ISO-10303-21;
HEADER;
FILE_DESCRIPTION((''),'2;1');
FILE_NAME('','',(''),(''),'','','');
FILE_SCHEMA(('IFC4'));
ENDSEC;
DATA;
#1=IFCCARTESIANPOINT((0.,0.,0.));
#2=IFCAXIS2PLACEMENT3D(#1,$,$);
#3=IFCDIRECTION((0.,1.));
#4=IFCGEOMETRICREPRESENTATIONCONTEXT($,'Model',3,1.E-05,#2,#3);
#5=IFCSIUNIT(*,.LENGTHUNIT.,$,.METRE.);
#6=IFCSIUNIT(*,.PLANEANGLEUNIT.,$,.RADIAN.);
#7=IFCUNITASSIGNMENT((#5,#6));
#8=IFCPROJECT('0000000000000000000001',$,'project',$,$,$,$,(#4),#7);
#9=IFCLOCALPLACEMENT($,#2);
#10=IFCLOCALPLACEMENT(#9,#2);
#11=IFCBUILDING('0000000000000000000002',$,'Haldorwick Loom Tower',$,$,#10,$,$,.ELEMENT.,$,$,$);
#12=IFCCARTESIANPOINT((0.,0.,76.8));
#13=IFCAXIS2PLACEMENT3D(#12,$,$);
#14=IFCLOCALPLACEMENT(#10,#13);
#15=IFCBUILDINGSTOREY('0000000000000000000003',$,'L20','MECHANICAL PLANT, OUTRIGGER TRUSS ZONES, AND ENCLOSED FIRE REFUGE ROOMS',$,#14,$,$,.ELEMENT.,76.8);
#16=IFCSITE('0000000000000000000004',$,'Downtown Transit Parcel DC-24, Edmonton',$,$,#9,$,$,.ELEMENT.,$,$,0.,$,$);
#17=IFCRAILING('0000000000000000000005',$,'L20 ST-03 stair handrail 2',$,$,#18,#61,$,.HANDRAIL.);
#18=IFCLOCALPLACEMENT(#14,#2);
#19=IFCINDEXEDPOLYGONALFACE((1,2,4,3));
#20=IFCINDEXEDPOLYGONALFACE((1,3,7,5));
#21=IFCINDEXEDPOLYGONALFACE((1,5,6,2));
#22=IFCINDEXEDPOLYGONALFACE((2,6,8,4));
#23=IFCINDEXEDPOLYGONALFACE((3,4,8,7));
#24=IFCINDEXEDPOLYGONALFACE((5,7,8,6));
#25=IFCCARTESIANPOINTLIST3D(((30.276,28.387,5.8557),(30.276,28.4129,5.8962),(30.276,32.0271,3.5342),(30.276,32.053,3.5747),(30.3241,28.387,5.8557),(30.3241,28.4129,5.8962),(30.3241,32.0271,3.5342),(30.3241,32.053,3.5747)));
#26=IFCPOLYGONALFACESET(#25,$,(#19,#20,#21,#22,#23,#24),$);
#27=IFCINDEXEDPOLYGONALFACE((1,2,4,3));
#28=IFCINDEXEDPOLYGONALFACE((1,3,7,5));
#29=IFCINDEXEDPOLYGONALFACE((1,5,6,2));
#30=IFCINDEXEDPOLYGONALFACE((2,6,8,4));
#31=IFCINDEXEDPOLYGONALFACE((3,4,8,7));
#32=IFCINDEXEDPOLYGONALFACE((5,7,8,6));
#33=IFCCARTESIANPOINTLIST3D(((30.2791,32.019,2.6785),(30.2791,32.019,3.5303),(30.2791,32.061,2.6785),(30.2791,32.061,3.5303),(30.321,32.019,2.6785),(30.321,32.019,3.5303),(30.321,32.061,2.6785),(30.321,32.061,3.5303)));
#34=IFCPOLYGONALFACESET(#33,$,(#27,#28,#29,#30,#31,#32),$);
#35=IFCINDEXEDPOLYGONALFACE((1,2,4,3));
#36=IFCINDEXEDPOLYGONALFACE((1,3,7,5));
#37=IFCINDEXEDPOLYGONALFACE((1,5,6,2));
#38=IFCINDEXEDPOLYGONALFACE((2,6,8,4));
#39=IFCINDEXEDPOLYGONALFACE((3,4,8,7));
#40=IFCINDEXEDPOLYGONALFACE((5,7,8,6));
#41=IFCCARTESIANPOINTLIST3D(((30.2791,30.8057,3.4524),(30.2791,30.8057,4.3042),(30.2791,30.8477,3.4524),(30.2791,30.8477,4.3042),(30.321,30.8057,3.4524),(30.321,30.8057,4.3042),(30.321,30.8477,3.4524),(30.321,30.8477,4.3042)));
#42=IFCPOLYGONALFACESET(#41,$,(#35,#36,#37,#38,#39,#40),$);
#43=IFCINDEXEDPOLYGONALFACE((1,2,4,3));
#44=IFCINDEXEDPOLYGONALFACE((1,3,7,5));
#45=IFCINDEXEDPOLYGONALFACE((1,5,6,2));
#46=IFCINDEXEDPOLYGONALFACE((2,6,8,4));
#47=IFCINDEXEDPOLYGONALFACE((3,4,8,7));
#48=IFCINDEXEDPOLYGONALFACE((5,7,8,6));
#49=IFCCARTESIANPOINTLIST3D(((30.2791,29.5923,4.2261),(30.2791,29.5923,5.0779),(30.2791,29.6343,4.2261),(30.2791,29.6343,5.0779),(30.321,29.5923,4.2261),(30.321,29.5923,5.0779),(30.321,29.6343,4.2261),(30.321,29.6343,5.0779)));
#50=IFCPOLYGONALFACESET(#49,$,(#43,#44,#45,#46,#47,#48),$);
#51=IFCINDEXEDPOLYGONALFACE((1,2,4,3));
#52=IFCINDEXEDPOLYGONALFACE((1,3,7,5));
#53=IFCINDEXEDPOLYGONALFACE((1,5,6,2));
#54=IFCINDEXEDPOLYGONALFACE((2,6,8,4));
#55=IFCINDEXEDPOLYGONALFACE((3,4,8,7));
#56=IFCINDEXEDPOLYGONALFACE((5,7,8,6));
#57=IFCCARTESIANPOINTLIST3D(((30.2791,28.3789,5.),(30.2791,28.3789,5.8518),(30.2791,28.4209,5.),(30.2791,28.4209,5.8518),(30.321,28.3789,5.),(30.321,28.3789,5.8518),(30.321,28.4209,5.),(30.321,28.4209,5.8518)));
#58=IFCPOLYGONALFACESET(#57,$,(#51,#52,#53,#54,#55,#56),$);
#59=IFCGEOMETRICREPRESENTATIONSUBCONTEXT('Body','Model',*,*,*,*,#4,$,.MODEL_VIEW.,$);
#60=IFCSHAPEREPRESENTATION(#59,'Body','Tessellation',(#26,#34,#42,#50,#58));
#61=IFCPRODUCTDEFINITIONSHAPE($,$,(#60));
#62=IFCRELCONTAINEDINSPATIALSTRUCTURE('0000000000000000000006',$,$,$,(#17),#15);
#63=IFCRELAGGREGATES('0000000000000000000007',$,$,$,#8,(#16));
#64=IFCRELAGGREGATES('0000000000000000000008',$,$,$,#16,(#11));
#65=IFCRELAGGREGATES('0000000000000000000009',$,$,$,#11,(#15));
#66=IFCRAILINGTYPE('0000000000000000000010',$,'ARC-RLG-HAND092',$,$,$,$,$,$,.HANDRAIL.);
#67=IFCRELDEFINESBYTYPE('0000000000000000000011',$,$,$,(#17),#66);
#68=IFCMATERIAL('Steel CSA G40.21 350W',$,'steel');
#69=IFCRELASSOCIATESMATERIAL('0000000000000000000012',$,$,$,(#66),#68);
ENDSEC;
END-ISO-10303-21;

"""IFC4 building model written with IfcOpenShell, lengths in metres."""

from ifc_helpers import new_model, si_unit, direction, frame, origin, origin_2d, place, context, subcontext, project, spatial, rectangle, extrude, material, type_object, element, save


model = new_model("IFC4")

# Units and contexts
model_context = context("Model", 3, precision=1e-05, world=origin(), true_north=direction((0.0, 1.0)))
body_context = subcontext(model_context, "Body", "Model", "MODEL_VIEW")
ifc_project = project(units=[si_unit("LENGTHUNIT", "METRE"), si_unit("PLANEANGLEUNIT", "RADIAN")], contexts=[model_context])

# Site, building, storey
site_placement = place(None, origin())
site = spatial("IfcSite", under=ifc_project, at=site_placement, Name="Downtown Transit Parcel DC-24, Edmonton", CompositionType="ELEMENT", RefElevation=0.0)
building_placement = place(site_placement, origin())
building = spatial("IfcBuilding", under=site, at=building_placement, Name="Haldorwick Loom Tower", CompositionType="ELEMENT")
storey_placement = place(building_placement, frame((0.0, 0.0, 76.8)))
storey = spatial("IfcBuildingStorey", under=building, at=storey_placement, Name="L20", Description="MECHANICAL PLANT, OUTRIGGER TRUSS ZONES, AND ENCLOSED FIRE REFUGE ROOMS", CompositionType="ELEMENT", Elevation=76.8)

# Shared definitions
ifc_material_1 = material(Name="Steel CSA G40.21 350W", Category="steel")

# Railing
railing_type_1 = type_object("IfcRailingType", Name="ARC-RLG-HAND092", PredefinedType="HANDRAIL", material=ifc_material_1)
railing_1_placement = place(storey_placement, frame((30.3, 32.04, 2.6785)))
element("IfcRailing", 1, at=railing_1_placement, inside=storey, type_object=railing_type_1, Name="L20 ST-03 stair handrail 2", PredefinedType="HANDRAIL", context=body_context, shape_type="SweptSolid", body=[
    extrude(rectangle(XDim=0.0481, YDim=0.0481, at=origin_2d()), frame((0.0, 0.0, 0.876), z_axis=(0.0, -0.843128, 0.537713), x_axis=(1.0, 0.0, 0.0)), (0.0, 0.0, 1.0), 4.3174),
    extrude(rectangle(XDim=0.042, YDim=0.042, at=origin_2d()), origin(), (0.0, 0.0, 1.0), 0.8518),
    extrude(rectangle(XDim=0.042, YDim=0.042, at=origin_2d()), frame((0.0, -1.2134, 0.7739)), (0.0, 0.0, 1.0), 0.8518),
    extrude(rectangle(XDim=0.042, YDim=0.042, at=origin_2d()), frame((0.0, -2.4268, 1.5476)), (0.0, 0.0, 1.0), 0.8518),
    extrude(rectangle(XDim=0.042, YDim=0.042, at=origin_2d()), frame((0.0, -3.6401, 2.3215)), (0.0, 0.0, 1.0), 0.8518),
])

save(model, "model.ifc")
